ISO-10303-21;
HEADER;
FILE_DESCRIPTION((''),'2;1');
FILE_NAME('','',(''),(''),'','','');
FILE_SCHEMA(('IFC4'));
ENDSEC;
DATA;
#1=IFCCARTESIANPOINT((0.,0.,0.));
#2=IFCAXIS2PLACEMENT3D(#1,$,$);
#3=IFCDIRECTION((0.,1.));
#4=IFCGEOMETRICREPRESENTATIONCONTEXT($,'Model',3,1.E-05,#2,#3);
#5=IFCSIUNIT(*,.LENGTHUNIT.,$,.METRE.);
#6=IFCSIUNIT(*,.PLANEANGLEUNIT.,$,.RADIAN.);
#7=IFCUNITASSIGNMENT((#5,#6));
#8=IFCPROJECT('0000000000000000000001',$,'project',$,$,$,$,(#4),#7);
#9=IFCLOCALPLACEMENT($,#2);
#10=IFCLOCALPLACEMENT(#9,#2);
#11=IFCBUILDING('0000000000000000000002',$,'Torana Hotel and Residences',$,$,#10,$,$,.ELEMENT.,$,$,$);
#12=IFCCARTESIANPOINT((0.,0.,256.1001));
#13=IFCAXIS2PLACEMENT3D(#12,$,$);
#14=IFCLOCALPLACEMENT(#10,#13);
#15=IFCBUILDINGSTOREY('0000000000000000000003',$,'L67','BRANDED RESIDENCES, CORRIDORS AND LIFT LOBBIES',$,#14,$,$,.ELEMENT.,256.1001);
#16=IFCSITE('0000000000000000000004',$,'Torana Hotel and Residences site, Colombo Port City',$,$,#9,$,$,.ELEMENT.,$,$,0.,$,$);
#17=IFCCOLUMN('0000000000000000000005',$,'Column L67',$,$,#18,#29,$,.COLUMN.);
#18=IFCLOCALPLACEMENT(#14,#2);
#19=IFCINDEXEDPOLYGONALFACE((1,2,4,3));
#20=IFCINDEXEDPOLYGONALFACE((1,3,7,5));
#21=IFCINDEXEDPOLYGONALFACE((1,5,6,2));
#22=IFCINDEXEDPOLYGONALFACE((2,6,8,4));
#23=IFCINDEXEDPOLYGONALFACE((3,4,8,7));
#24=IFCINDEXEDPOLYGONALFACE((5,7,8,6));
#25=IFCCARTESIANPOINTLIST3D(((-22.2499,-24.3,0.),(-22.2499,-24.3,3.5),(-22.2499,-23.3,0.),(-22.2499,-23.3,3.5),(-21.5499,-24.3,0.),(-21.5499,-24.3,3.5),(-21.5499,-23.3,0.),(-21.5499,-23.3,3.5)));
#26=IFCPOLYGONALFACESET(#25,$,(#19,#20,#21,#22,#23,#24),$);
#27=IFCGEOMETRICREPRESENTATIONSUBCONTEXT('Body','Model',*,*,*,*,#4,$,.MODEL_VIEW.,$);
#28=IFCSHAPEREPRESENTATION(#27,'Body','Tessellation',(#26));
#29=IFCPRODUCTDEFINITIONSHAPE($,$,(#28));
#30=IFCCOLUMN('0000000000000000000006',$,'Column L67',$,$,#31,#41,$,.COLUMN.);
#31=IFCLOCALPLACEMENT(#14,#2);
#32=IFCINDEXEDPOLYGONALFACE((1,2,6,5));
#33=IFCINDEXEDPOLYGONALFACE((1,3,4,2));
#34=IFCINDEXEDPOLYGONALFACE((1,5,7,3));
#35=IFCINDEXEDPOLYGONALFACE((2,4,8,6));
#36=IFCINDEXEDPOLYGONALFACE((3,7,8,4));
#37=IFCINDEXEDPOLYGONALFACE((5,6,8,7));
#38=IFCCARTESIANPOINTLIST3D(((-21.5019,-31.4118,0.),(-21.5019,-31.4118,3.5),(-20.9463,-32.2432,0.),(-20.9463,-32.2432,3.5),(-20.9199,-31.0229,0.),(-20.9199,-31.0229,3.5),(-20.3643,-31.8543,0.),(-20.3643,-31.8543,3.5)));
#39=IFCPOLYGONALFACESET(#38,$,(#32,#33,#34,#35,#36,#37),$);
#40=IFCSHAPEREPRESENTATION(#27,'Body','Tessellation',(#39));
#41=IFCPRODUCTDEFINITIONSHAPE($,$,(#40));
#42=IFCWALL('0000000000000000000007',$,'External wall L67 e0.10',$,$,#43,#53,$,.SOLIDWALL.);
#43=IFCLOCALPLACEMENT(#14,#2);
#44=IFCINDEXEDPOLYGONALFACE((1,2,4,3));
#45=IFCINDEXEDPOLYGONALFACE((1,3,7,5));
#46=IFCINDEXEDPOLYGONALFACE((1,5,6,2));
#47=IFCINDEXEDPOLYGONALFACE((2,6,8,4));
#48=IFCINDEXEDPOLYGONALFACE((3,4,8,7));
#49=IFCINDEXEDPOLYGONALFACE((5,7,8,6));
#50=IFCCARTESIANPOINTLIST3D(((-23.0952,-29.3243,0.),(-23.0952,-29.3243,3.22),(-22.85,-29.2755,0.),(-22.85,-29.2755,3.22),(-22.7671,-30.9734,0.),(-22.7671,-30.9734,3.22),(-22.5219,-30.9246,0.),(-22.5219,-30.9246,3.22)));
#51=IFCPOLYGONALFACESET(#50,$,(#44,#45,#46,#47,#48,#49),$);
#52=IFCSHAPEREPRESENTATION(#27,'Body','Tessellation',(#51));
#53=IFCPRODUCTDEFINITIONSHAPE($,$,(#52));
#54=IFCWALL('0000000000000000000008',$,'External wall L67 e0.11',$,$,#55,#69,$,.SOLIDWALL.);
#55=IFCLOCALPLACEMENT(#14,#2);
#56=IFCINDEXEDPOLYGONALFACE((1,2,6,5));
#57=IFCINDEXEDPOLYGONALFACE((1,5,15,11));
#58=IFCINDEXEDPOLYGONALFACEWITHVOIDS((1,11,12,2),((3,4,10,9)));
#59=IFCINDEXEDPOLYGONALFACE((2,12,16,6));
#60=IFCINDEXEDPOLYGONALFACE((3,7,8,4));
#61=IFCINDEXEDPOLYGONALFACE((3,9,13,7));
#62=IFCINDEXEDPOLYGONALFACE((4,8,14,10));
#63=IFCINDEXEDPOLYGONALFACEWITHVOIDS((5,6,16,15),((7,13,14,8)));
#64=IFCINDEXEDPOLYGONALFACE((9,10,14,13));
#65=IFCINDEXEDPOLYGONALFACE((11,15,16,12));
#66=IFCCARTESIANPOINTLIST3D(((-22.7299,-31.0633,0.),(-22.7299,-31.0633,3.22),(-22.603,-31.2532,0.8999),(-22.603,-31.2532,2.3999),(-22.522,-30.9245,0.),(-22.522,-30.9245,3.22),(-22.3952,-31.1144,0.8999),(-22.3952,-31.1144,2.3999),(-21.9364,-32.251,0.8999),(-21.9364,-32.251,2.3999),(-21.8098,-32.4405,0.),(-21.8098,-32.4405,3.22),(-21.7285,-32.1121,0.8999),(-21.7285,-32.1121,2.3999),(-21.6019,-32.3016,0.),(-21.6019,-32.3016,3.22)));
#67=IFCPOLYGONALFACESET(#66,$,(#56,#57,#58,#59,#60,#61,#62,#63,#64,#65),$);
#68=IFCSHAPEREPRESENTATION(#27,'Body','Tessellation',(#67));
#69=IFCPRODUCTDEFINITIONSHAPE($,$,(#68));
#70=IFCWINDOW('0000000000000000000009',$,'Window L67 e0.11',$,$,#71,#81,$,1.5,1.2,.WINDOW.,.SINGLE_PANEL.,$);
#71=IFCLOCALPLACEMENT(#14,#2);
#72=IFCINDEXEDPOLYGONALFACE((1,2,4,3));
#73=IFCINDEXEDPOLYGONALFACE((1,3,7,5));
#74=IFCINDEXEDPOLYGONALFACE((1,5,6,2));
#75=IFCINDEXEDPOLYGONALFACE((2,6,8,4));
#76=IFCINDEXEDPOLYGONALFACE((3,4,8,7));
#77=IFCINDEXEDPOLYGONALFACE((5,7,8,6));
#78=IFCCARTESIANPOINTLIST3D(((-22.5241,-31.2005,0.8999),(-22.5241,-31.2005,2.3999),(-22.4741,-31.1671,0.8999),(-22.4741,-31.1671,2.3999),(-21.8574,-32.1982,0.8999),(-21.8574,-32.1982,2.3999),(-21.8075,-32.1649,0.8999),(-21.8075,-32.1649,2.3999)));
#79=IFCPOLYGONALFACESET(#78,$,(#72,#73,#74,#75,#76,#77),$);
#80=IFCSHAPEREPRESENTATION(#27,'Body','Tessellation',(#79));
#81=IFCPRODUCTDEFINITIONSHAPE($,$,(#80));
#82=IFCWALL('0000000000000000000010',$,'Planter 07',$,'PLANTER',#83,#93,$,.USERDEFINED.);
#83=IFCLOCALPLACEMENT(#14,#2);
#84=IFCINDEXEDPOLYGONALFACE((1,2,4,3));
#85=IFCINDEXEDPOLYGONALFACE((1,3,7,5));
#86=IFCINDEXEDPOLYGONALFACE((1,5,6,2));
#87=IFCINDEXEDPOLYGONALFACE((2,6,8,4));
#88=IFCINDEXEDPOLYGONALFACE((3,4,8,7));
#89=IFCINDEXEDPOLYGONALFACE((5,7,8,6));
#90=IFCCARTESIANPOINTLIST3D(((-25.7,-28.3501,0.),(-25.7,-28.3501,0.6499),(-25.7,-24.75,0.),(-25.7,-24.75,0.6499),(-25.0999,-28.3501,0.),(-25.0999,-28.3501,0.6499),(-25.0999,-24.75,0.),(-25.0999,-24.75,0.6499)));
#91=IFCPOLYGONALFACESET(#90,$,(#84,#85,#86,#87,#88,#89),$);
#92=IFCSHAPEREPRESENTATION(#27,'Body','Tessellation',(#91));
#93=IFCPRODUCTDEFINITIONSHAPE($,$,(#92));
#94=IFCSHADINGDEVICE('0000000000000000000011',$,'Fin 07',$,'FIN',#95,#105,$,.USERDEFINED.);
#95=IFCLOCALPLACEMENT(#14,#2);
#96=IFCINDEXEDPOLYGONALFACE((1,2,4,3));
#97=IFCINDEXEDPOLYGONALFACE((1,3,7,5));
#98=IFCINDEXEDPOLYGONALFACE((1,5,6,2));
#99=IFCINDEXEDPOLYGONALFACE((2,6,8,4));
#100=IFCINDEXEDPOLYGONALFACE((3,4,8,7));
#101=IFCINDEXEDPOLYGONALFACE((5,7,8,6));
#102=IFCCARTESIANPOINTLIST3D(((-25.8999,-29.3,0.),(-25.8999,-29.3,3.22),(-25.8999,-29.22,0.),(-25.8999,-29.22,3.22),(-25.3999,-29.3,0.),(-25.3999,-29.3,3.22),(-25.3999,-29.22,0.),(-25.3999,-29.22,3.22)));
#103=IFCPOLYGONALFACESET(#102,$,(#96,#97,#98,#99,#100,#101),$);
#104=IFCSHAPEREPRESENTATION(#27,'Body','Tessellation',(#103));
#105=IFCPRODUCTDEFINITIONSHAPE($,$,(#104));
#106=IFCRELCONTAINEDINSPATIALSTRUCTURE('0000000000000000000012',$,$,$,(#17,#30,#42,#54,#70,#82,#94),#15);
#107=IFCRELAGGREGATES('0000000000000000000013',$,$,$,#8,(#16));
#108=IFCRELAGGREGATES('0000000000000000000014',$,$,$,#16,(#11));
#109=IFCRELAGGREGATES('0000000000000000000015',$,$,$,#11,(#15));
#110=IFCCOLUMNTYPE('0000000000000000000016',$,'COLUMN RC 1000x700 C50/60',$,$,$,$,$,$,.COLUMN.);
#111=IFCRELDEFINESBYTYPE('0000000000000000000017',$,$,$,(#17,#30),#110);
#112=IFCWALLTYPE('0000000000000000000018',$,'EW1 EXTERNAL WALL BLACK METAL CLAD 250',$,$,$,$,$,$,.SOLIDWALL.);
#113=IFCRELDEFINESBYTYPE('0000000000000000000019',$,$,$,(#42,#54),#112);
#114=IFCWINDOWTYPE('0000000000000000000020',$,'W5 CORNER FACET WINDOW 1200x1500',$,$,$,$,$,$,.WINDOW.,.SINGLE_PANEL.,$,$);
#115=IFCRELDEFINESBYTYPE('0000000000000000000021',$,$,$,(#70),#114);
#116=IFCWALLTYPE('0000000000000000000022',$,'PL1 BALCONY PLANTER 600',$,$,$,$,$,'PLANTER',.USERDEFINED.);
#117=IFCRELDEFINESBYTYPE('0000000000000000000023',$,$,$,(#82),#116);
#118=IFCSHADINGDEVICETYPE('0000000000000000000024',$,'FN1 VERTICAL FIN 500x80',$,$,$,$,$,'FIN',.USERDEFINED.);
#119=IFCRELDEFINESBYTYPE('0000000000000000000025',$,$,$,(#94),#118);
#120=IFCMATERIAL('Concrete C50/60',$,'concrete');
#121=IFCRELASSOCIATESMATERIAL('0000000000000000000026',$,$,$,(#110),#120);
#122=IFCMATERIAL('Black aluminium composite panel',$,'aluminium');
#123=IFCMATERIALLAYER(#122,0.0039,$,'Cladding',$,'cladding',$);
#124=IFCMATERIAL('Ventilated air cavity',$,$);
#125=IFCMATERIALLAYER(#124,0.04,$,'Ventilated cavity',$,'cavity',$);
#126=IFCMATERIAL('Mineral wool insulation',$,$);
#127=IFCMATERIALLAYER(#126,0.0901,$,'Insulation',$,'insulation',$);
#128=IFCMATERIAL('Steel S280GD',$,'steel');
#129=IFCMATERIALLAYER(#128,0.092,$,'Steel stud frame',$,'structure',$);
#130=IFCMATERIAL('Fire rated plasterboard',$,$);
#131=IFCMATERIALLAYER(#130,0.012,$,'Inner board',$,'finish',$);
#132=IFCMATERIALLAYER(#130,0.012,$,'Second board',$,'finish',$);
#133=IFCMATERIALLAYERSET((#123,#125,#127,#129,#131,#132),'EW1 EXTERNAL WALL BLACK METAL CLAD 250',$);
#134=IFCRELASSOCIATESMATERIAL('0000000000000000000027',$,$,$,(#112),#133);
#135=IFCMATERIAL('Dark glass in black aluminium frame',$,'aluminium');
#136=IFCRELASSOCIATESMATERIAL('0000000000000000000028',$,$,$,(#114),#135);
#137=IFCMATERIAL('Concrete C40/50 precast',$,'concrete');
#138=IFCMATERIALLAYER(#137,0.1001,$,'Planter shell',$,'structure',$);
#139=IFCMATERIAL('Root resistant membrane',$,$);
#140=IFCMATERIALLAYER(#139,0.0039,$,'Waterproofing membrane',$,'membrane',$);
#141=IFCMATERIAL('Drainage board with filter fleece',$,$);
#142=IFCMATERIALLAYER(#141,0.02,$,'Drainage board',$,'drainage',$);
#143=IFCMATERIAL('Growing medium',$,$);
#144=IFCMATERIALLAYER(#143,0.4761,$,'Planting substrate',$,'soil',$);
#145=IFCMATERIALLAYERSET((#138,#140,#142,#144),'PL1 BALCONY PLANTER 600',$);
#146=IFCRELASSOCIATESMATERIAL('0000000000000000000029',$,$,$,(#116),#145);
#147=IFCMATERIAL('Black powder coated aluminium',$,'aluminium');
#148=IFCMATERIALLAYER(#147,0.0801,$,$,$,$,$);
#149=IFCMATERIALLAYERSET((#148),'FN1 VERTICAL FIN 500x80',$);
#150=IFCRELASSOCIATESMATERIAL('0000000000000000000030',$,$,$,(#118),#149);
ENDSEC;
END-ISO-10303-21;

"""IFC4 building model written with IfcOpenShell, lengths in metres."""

from ifc_helpers import new_model, si_unit, direction, frame, frame_2d, origin, origin_2d, place, context, subcontext, project, spatial, rectangle, extrude, material, layer, layer_set, material_profile, profile_set, type_object, element, fill, save


model = new_model("IFC4")

# Units and contexts
model_context = context("Model", 3, precision=1e-05, world=origin(), true_north=direction((0.0, 1.0)))
body_context = subcontext(model_context, "Body", "Model", "MODEL_VIEW")
ifc_project = project(units=[si_unit("LENGTHUNIT", "METRE"), si_unit("PLANEANGLEUNIT", "RADIAN")], contexts=[model_context])

# Site, building, storey
site_placement = place(None, origin())
site = spatial("IfcSite", under=ifc_project, at=site_placement, Name="Torana Hotel and Residences site, Colombo Port City", CompositionType="ELEMENT", RefElevation=0.0)
building_placement = place(site_placement, origin())
building = spatial("IfcBuilding", under=site, at=building_placement, Name="Torana Hotel and Residences", CompositionType="ELEMENT")
storey_placement = place(building_placement, frame((0.0, 0.0, 256.1001)))
storey = spatial("IfcBuildingStorey", under=building, at=storey_placement, Name="L67", Description="BRANDED RESIDENCES, CORRIDORS AND LIFT LOBBIES", CompositionType="ELEMENT", Elevation=256.1001)

# Columns
ifc_material_1 = material(Name="Concrete C50/60", Category="concrete")
ifc_material_profile = material_profile(ifc_material_1, rectangle(XDim=1.0, YDim=0.7, at=origin_2d()), Name="RC 1000x700")
ifc_profile_set = profile_set([ifc_material_profile], Name="Concrete C50/60")
column_type = type_object("IfcColumnType", Name="COLUMN RC 1000x700 C50/60", PredefinedType="COLUMN", material=ifc_profile_set)
for number, where, z_axis, x_axis, name in (
    (1, (-21.8999, -23.8, 0.0), (0.0, 0.0, 1.0), (0.0, 1.0, 0.0), "Column L67"),
    (2, (-20.9331, -31.6331, 0.0), (0.0, 0.0, 1.0), (-0.555585, 0.83146, 0.0), "Column L67"),
):
    element("IfcColumn", number, at=place(storey_placement, frame(where, z_axis=z_axis, x_axis=x_axis)), inside=storey, type_object=column_type, Name=name, PredefinedType="COLUMN", context=body_context, shape_type="SweptSolid", body=[
        extrude(rectangle(XDim=1.0, YDim=0.7, at=origin_2d()), origin(), (0.0, 0.0, 1.0), 3.5),
    ])

# Wall
ifc_material_2 = material(Name="Black aluminium composite panel", Category="aluminium")
ifc_layer_1 = layer(ifc_material_2, 0.0039, Name="Cladding", Category="cladding")
ifc_material_3 = material(Name="Ventilated air cavity")
ifc_layer_2 = layer(ifc_material_3, 0.04, Name="Ventilated cavity", Category="cavity")
ifc_material_4 = material(Name="Mineral wool insulation")
ifc_layer_3 = layer(ifc_material_4, 0.0901, Name="Insulation", Category="insulation")
ifc_material_5 = material(Name="Steel S280GD", Category="steel")
ifc_layer_4 = layer(ifc_material_5, 0.092, Name="Steel stud frame", Category="structure")
ifc_material_6 = material(Name="Fire rated plasterboard")
ifc_layer_5 = layer(ifc_material_6, 0.012, Name="Inner board", Category="finish")
ifc_layer_6 = layer(ifc_material_6, 0.012, Name="Second board", Category="finish")
ifc_layer_set_1 = layer_set([ifc_layer_1, ifc_layer_2, ifc_layer_3, ifc_layer_4, ifc_layer_5, ifc_layer_6], Name="EW1 EXTERNAL WALL BLACK METAL CLAD 250")
wall_type_1 = type_object("IfcWallType", Name="EW1 EXTERNAL WALL BLACK METAL CLAD 250", PredefinedType="SOLIDWALL", material=ifc_layer_set_1)
wall_1_placement = place(storey_placement, frame((-22.9727, -29.2998, 0.0), z_axis=(0.0, 0.0, 1.0), x_axis=(0.195139, -0.980776, 0.0)))
element("IfcWall", 3, at=wall_1_placement, inside=storey, type_object=wall_type_1, Name="External wall L67 e0.10", PredefinedType="SOLIDWALL", context=body_context, shape_type="SweptSolid", body=[
    extrude(rectangle(XDim=1.6814, YDim=0.25, at=frame_2d((0.8408, 0.0))), origin(), (0.0, 0.0, 1.0), 3.22),
])

# Wall, opening, window
wall_2_placement = place(storey_placement, frame((-22.626, -30.9939, 0.0), z_axis=(0.0, 0.0, 1.0), x_axis=(0.55555, -0.831483, 0.0)))
wall_2 = element("IfcWall", 4, at=wall_2_placement, inside=storey, type_object=wall_type_1, Name="External wall L67 e0.11", PredefinedType="SOLIDWALL", context=body_context, shape_type="SweptSolid", body=[
    extrude(rectangle(XDim=1.6562, YDim=0.25, at=frame_2d((0.8281, 0.0))), origin(), (0.0, 0.0, 1.0), 3.22),
])
opening_placement = place(wall_2_placement, frame((0.2283, 0.0, 0.8999)))
opening = element("IfcOpeningElement", 5, at=opening_placement, cuts=wall_2, PredefinedType="OPENING", context=body_context, shape_type="SweptSolid", body=[
    extrude(rectangle(XDim=1.2, YDim=1.5, at=frame_2d((0.6001, 0.75))), frame((0.0, 0.135, 0.0), z_axis=(0.0, -1.0, 0.0), x_axis=(1.0, 0.0, 0.0)), (0.0, 0.0, 1.0), 0.27),
])
ifc_material_7 = material(Name="Dark glass in black aluminium frame", Category="aluminium")
window_type = type_object("IfcWindowType", Name="W5 CORNER FACET WINDOW 1200x1500", PartitioningType="SINGLE_PANEL", PredefinedType="WINDOW", material=ifc_material_7)
window_placement = place(opening_placement, origin())
window = element("IfcWindow", 6, at=window_placement, inside=storey, type_object=window_type, Name="Window L67 e0.11", OverallHeight=1.5, OverallWidth=1.2, PartitioningType="SINGLE_PANEL", PredefinedType="WINDOW", context=body_context, shape_type="SweptSolid", body=[
    extrude(rectangle(XDim=1.2, YDim=1.5, at=frame_2d((0.6001, 0.75))), frame((0.0, 0.03, 0.0), z_axis=(0.0, -1.0, 0.0), x_axis=(1.0, 0.0, 0.0)), (0.0, 0.0, 1.0), 0.0601),
])
fill(opening, window)

# Wall
ifc_material_8 = material(Name="Concrete C40/50 precast", Category="concrete")
ifc_layer_7 = layer(ifc_material_8, 0.1001, Name="Planter shell", Category="structure")
ifc_material_9 = material(Name="Root resistant membrane")
ifc_layer_8 = layer(ifc_material_9, 0.0039, Name="Waterproofing membrane", Category="membrane")
ifc_material_10 = material(Name="Drainage board with filter fleece")
ifc_layer_9 = layer(ifc_material_10, 0.02, Name="Drainage board", Category="drainage")
ifc_material_11 = material(Name="Growing medium")
ifc_layer_10 = layer(ifc_material_11, 0.4761, Name="Planting substrate", Category="soil")
ifc_layer_set_2 = layer_set([ifc_layer_7, ifc_layer_8, ifc_layer_9, ifc_layer_10], Name="PL1 BALCONY PLANTER 600")
wall_type_2 = type_object("IfcWallType", Name="PL1 BALCONY PLANTER 600", ElementType="PLANTER", PredefinedType="USERDEFINED", material=ifc_layer_set_2)
wall_3_placement = place(storey_placement, frame((-25.3999, -28.3501, 0.0), z_axis=(0.0, 0.0, 1.0), x_axis=(0.0, 1.0, 0.0)))
element("IfcWall", 7, at=wall_3_placement, inside=storey, type_object=wall_type_2, Name="Planter 07", ObjectType="PLANTER", PredefinedType="USERDEFINED", context=body_context, shape_type="SweptSolid", body=[
    extrude(rectangle(XDim=3.6001, YDim=0.6001, at=frame_2d((1.8, 0.0))), origin(), (0.0, 0.0, 1.0), 0.6499),
])

# Shading device
ifc_material_12 = material(Name="Black powder coated aluminium", Category="aluminium")
ifc_layer_11 = layer(ifc_material_12, 0.0801)
ifc_layer_set_3 = layer_set([ifc_layer_11], Name="FN1 VERTICAL FIN 500x80")
shading_device_type = type_object("IfcShadingDeviceType", Name="FN1 VERTICAL FIN 500x80", ElementType="FIN", PredefinedType="USERDEFINED", material=ifc_layer_set_3)
shading_device_placement = place(storey_placement, frame((-25.6499, -29.26, 0.0), z_axis=(0.0, 0.0, 1.0), x_axis=(0.0, 1.0, 0.0)))
element("IfcShadingDevice", 8, at=shading_device_placement, inside=storey, type_object=shading_device_type, Name="Fin 07", ObjectType="FIN", PredefinedType="USERDEFINED", context=body_context, shape_type="SweptSolid", body=[
    extrude(rectangle(XDim=0.0801, YDim=0.5, at=origin_2d()), origin(), (0.0, 0.0, 1.0), 3.22),
])

save(model, "model.ifc")
